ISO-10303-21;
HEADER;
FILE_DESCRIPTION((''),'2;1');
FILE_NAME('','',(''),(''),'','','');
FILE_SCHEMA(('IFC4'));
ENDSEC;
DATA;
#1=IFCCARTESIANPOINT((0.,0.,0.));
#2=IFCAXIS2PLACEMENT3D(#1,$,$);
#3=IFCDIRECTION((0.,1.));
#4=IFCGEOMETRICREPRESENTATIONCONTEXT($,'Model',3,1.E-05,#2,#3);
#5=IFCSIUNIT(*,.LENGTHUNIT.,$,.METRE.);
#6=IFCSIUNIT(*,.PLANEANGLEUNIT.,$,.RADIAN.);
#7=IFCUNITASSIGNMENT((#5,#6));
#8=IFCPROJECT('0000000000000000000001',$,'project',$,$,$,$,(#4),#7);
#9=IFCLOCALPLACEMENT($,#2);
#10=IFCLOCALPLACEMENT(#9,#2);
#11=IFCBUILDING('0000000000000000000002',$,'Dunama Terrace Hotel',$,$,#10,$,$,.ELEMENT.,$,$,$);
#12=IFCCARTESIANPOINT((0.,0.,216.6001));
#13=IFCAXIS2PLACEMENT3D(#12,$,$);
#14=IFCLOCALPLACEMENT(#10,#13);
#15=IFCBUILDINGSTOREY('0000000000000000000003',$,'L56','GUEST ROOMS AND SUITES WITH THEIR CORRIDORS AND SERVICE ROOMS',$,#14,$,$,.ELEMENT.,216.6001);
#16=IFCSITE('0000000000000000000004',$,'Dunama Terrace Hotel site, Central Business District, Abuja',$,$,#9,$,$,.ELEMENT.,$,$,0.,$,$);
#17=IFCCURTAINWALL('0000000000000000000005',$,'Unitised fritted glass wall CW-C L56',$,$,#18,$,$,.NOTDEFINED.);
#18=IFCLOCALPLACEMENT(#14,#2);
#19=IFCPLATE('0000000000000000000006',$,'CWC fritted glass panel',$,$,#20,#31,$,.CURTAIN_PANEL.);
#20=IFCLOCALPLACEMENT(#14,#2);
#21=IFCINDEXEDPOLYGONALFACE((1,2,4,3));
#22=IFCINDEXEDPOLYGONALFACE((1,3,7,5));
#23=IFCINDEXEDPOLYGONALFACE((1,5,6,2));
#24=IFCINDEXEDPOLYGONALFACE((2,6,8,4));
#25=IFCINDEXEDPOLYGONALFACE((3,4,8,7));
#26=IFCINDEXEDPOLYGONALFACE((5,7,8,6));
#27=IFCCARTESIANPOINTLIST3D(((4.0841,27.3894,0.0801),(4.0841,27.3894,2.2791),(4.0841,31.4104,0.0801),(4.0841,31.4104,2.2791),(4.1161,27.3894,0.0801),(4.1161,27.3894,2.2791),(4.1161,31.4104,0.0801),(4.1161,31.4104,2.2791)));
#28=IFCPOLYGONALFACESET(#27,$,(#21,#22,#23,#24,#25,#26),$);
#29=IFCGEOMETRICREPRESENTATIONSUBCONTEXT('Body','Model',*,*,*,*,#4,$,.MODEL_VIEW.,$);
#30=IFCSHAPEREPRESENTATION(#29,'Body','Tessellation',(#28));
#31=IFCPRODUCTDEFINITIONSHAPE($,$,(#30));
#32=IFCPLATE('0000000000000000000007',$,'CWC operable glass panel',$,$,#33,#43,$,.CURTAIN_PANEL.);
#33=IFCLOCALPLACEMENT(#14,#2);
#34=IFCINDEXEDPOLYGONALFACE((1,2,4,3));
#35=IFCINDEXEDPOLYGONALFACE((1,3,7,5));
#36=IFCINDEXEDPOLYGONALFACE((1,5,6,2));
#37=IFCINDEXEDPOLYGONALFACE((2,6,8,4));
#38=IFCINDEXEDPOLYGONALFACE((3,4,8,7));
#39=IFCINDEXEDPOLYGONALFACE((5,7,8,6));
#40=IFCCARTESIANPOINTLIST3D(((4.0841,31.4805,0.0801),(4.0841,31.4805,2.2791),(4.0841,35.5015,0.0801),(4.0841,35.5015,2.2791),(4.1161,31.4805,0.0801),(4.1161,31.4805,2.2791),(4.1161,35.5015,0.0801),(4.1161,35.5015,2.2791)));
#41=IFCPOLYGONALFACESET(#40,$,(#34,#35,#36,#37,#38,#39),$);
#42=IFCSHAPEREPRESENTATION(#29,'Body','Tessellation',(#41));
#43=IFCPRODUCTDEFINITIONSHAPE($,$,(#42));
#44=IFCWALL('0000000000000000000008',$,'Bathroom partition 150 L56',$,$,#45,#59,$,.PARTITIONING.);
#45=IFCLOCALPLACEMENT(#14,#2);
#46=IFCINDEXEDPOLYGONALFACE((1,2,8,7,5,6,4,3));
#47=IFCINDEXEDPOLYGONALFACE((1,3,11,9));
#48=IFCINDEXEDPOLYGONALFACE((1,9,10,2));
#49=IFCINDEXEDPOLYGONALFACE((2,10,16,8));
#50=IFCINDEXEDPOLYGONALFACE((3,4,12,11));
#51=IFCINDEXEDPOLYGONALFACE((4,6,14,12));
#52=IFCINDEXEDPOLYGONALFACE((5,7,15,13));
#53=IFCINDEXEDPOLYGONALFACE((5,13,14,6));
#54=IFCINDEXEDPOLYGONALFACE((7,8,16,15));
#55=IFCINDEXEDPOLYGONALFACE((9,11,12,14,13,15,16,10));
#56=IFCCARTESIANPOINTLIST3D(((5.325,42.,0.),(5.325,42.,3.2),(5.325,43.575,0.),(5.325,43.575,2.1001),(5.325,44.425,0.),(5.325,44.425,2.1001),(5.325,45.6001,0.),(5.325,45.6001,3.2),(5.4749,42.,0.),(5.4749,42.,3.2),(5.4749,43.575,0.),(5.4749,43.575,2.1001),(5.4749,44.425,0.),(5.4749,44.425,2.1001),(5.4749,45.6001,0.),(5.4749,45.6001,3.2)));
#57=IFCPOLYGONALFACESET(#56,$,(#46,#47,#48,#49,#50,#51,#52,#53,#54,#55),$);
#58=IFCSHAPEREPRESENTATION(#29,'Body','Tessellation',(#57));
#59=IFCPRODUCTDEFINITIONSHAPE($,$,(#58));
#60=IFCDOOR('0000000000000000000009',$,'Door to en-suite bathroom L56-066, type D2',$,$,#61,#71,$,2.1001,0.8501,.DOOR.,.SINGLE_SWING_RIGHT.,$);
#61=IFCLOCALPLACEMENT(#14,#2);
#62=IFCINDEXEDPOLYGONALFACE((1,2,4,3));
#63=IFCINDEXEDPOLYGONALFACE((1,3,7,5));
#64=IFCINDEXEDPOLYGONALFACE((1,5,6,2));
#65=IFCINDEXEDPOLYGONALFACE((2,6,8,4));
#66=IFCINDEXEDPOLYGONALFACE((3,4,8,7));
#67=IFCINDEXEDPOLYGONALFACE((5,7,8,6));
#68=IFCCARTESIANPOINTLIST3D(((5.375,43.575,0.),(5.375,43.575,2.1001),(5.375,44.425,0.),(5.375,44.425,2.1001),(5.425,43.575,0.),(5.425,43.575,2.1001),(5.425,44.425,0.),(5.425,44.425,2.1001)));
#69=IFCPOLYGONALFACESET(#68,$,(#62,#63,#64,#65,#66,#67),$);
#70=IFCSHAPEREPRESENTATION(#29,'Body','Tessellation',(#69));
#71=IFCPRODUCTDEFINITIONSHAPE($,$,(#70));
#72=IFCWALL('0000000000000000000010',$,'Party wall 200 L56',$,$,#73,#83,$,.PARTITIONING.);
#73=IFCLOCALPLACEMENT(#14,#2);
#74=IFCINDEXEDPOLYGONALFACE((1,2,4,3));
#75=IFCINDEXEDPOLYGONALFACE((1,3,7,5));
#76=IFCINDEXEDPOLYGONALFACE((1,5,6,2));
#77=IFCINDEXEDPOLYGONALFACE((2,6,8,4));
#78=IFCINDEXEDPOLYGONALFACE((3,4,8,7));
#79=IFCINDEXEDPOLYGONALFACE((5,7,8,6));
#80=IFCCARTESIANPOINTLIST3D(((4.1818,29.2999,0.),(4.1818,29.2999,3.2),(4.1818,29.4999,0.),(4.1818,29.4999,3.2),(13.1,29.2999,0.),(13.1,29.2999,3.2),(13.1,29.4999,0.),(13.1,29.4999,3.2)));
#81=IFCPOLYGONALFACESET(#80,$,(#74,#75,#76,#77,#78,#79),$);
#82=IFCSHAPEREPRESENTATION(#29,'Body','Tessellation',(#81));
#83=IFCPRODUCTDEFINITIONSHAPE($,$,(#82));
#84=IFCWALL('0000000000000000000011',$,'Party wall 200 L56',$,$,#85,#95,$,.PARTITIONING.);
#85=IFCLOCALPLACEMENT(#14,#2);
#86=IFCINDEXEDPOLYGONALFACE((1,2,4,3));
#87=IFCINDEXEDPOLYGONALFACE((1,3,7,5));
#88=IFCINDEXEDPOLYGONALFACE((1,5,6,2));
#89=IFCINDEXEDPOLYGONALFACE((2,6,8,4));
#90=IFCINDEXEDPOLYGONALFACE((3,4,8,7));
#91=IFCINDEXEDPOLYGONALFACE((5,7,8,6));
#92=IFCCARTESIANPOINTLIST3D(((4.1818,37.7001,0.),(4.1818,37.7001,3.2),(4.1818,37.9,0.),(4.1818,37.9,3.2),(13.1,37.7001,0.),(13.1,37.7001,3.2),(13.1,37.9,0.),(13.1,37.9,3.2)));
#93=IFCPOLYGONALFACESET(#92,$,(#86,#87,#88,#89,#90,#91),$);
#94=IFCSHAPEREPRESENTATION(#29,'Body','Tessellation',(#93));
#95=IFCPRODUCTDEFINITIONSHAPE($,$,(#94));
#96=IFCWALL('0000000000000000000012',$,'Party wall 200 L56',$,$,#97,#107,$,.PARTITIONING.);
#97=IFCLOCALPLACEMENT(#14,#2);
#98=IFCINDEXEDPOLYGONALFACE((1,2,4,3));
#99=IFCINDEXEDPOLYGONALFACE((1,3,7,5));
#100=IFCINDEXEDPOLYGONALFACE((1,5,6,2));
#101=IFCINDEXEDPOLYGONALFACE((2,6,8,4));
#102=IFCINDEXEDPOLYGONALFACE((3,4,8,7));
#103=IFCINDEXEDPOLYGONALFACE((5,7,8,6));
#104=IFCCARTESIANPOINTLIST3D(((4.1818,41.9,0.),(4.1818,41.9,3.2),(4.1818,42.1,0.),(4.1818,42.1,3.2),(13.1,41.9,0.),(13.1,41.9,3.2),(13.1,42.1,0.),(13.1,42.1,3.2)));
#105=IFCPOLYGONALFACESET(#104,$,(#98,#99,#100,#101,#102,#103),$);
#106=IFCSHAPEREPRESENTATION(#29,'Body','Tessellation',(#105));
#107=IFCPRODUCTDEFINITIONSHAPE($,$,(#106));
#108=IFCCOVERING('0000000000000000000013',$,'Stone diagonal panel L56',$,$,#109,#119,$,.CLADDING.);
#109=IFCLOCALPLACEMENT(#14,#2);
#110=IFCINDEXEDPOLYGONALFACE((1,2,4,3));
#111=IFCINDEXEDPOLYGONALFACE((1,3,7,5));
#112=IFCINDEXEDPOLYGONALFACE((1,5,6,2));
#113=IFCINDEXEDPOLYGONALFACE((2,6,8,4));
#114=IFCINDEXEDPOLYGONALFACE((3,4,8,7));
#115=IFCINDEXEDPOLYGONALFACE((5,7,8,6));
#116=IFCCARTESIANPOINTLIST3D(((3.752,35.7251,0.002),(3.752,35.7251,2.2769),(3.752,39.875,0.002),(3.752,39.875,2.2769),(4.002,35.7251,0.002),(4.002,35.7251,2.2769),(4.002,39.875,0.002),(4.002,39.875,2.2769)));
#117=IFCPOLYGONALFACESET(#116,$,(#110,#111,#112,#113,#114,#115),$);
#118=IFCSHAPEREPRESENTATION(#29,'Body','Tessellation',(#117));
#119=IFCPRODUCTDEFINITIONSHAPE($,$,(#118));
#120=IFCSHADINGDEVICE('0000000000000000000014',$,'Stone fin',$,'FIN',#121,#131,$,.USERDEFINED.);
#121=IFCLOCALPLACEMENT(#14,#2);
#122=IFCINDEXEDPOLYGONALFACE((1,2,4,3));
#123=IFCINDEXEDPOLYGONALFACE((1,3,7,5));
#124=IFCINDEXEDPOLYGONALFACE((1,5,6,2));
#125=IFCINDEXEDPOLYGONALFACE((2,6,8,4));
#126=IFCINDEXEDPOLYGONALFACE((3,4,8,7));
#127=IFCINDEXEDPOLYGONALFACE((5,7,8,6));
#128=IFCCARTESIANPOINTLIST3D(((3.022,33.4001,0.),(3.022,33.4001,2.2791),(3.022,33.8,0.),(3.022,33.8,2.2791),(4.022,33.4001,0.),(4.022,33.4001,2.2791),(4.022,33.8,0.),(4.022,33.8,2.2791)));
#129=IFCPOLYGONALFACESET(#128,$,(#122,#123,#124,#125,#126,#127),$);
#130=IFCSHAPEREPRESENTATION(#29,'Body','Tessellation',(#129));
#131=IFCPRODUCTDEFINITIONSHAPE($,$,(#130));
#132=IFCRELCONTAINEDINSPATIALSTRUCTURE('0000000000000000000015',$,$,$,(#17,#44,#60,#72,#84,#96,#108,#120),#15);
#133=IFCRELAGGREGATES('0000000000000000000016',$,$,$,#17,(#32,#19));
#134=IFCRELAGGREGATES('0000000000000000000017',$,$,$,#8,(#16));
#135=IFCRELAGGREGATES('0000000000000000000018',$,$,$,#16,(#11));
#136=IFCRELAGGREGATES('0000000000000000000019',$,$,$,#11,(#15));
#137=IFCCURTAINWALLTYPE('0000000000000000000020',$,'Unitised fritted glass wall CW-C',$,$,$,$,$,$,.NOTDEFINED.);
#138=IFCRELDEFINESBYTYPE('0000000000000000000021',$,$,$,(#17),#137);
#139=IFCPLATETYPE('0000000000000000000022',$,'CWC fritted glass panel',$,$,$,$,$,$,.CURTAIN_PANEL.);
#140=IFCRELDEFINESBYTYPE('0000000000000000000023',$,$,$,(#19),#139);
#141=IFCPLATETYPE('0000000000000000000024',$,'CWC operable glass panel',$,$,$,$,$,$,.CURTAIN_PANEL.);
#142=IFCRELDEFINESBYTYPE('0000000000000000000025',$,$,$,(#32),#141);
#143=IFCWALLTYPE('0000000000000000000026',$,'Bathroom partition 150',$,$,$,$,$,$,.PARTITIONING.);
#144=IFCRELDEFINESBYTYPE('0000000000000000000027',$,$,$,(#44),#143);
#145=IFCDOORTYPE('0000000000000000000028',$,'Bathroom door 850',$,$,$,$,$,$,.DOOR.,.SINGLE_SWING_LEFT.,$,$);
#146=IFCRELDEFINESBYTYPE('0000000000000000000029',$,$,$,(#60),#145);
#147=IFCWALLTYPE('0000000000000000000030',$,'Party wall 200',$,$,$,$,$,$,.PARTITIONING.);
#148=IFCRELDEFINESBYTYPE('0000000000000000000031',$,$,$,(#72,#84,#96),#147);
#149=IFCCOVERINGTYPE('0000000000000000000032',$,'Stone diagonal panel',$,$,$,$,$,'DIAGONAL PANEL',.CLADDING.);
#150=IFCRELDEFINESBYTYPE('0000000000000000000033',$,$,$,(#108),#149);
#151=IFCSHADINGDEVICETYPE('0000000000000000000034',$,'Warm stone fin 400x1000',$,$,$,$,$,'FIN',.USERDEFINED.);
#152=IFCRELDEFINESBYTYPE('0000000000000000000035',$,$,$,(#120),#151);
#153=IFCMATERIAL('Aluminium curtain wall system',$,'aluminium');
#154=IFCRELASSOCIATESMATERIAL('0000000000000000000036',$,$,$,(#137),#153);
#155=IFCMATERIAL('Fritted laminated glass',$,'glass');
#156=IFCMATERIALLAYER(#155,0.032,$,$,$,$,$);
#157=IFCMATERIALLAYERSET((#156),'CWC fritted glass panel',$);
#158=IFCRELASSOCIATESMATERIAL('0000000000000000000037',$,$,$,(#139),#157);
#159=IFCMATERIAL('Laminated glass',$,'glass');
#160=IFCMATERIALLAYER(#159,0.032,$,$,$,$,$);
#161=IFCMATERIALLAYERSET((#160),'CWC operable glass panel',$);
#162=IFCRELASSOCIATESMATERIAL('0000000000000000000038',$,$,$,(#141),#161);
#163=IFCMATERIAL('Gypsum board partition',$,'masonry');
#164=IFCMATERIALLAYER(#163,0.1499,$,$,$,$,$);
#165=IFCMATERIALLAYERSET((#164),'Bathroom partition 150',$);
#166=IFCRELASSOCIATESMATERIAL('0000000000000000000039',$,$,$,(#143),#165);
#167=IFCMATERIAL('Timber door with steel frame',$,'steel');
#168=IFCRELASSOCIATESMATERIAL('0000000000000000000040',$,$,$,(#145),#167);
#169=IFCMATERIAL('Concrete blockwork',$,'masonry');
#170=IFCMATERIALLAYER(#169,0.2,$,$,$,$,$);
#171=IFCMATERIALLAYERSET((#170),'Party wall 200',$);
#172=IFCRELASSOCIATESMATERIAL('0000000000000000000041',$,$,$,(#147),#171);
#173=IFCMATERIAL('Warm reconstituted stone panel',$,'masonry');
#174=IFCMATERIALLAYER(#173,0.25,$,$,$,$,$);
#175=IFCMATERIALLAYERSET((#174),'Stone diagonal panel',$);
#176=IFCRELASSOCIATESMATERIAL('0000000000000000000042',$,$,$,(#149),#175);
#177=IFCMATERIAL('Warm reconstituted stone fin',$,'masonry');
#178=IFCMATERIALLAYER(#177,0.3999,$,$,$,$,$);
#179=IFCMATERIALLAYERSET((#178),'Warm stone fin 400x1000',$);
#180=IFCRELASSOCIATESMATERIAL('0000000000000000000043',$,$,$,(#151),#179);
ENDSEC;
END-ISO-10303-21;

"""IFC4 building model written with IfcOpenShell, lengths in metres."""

from ifc_helpers import new_model, si_unit, direction, frame, frame_2d, origin, origin_2d, place, context, subcontext, project, spatial, rectangle, extrude, material, layer, layer_set, type_object, element, fill, aggregate, save


model = new_model("IFC4")

# Units and contexts
model_context = context("Model", 3, precision=1e-05, world=origin(), true_north=direction((0.0, 1.0)))
body_context = subcontext(model_context, "Body", "Model", "MODEL_VIEW")
ifc_project = project(units=[si_unit("LENGTHUNIT", "METRE"), si_unit("PLANEANGLEUNIT", "RADIAN")], contexts=[model_context])

# Site, building, storey
site_placement = place(None, origin())
site = spatial("IfcSite", under=ifc_project, at=site_placement, Name="Dunama Terrace Hotel site, Central Business District, Abuja", CompositionType="ELEMENT", RefElevation=0.0)
building_placement = place(site_placement, origin())
building = spatial("IfcBuilding", under=site, at=building_placement, Name="Dunama Terrace Hotel", CompositionType="ELEMENT")
storey_placement = place(building_placement, frame((0.0, 0.0, 216.6001)))
storey = spatial("IfcBuildingStorey", under=building, at=storey_placement, Name="L56", Description="GUEST ROOMS AND SUITES WITH THEIR CORRIDORS AND SERVICE ROOMS", CompositionType="ELEMENT", Elevation=216.6001)

# Curtain wall, plates
ifc_material_1 = material(Name="Aluminium curtain wall system", Category="aluminium")
curtain_wall_type = type_object("IfcCurtainWallType", Name="Unitised fritted glass wall CW-C", PredefinedType="NOTDEFINED", material=ifc_material_1)
curtain_wall_placement = place(storey_placement, origin())
curtain_wall = element("IfcCurtainWall", 1, at=curtain_wall_placement, inside=storey, type_object=curtain_wall_type, Name="Unitised fritted glass wall CW-C L56", PredefinedType="NOTDEFINED")
ifc_material_2 = material(Name="Fritted laminated glass", Category="glass")
ifc_layer_1 = layer(ifc_material_2, 0.032)
ifc_layer_set_1 = layer_set([ifc_layer_1], Name="CWC fritted glass panel")
plate_type_1 = type_object("IfcPlateType", Name="CWC fritted glass panel", PredefinedType="CURTAIN_PANEL", material=ifc_layer_set_1)
plate_1_placement = place(storey_placement, frame((4.1001, 29.3999, 0.0801), z_axis=(0.0, 0.0, 1.0), x_axis=(0.0, -1.0, 0.0)))
plate_1 = element("IfcPlate", 2, at=plate_1_placement, type_object=plate_type_1, Name="CWC fritted glass panel", PredefinedType="CURTAIN_PANEL", context=body_context, shape_type="SweptSolid", body=[
    extrude(rectangle(XDim=4.021, YDim=0.032, at=origin_2d()), origin(), (0.0, 0.0, 1.0), 2.199),
])
ifc_material_3 = material(Name="Laminated glass", Category="glass")
ifc_layer_2 = layer(ifc_material_3, 0.032)
ifc_layer_set_2 = layer_set([ifc_layer_2], Name="CWC operable glass panel")
plate_type_2 = type_object("IfcPlateType", Name="CWC operable glass panel", PredefinedType="CURTAIN_PANEL", material=ifc_layer_set_2)
plate_2_placement = place(storey_placement, frame((4.1001, 33.491, 0.0801), z_axis=(0.0, 0.0, 1.0), x_axis=(0.0, -1.0, 0.0)))
plate_2 = element("IfcPlate", 3, at=plate_2_placement, type_object=plate_type_2, Name="CWC operable glass panel", PredefinedType="CURTAIN_PANEL", context=body_context, shape_type="SweptSolid", body=[
    extrude(rectangle(XDim=4.021, YDim=0.032, at=origin_2d()), origin(), (0.0, 0.0, 1.0), 2.199),
])
aggregate(curtain_wall, [plate_2, plate_1])

# Wall, opening, door
ifc_material_4 = material(Name="Gypsum board partition", Category="masonry")
ifc_layer_3 = layer(ifc_material_4, 0.1499)
ifc_layer_set_3 = layer_set([ifc_layer_3], Name="Bathroom partition 150")
wall_type_1 = type_object("IfcWallType", Name="Bathroom partition 150", PredefinedType="PARTITIONING", material=ifc_layer_set_3)
wall_placement = place(storey_placement, frame((5.3999, 42.0, 0.0), z_axis=(0.0, 0.0, 1.0), x_axis=(0.0, 1.0, 0.0)))
wall = element("IfcWall", 4, at=wall_placement, inside=storey, type_object=wall_type_1, Name="Bathroom partition 150 L56", PredefinedType="PARTITIONING", context=body_context, shape_type="SweptSolid", body=[
    extrude(rectangle(XDim=3.6001, YDim=0.1499, at=frame_2d((1.8, 0.0))), origin(), (0.0, 0.0, 1.0), 3.2),
])
opening_placement = place(wall_placement, frame((1.575, 0.0, 0.0)))
opening = element("IfcOpeningElement", 5, at=opening_placement, cuts=wall, PredefinedType="OPENING", context=body_context, shape_type="SweptSolid", body=[
    extrude(rectangle(XDim=0.8501, YDim=2.1001, at=frame_2d((0.425, 1.05))), frame((0.0, 0.085, 0.0), z_axis=(0.0, -1.0, 0.0), x_axis=(1.0, 0.0, 0.0)), (0.0, 0.0, 1.0), 0.1699),
])
ifc_material_5 = material(Name="Timber door with steel frame", Category="steel")
door_type = type_object("IfcDoorType", Name="Bathroom door 850", OperationType="SINGLE_SWING_LEFT", PredefinedType="DOOR", material=ifc_material_5)
door_placement = place(opening_placement, frame((0.8501, 0.0, 0.0), z_axis=(0.0, 0.0, 1.0), x_axis=(-1.0, 0.0, 0.0)))
door = element("IfcDoor", 6, at=door_placement, inside=storey, type_object=door_type, Name="Door to en-suite bathroom L56-066, type D2", OperationType="SINGLE_SWING_RIGHT", OverallHeight=2.1001, OverallWidth=0.8501, PredefinedType="DOOR", context=body_context, shape_type="SweptSolid", body=[
    extrude(rectangle(XDim=0.8501, YDim=2.1001, at=frame_2d((0.425, 1.05))), frame((0.0, 0.0251, 0.0), z_axis=(0.0, -1.0, 0.0), x_axis=(1.0, 0.0, 0.0)), (0.0, 0.0, 1.0), 0.05),
])
fill(opening, door)

# Walls
ifc_material_6 = material(Name="Concrete blockwork", Category="masonry")
ifc_layer_4 = layer(ifc_material_6, 0.2)
ifc_layer_set_4 = layer_set([ifc_layer_4], Name="Party wall 200")
wall_type_2 = type_object("IfcWallType", Name="Party wall 200", PredefinedType="PARTITIONING", material=ifc_layer_set_4)
for number, where, z_axis, x_axis, name in (
    (7, (4.1819, 29.3999, 0.0), (0.0, 0.0, 1.0), (1.0, 0.0, 0.0), "Party wall 200 L56"),
    (8, (4.1819, 37.8, 0.0), (0.0, 0.0, 1.0), (1.0, 0.0, 0.0), "Party wall 200 L56"),
    (9, (4.1819, 42.0, 0.0), (0.0, 0.0, 1.0), (1.0, 0.0, 0.0), "Party wall 200 L56"),
):
    element("IfcWall", number, at=place(storey_placement, frame(where, z_axis=z_axis, x_axis=x_axis)), inside=storey, type_object=wall_type_2, Name=name, PredefinedType="PARTITIONING", context=body_context, shape_type="SweptSolid", body=[
        extrude(rectangle(XDim=8.9182, YDim=0.2, at=frame_2d((4.459, 0.0))), origin(), (0.0, 0.0, 1.0), 3.2),
    ])

# Covering
ifc_material_7 = material(Name="Warm reconstituted stone panel", Category="masonry")
ifc_layer_5 = layer(ifc_material_7, 0.25)
ifc_layer_set_5 = layer_set([ifc_layer_5], Name="Stone diagonal panel")
covering_type = type_object("IfcCoveringType", Name="Stone diagonal panel", ElementType="DIAGONAL PANEL", PredefinedType="CLADDING", material=ifc_layer_set_5)
covering_placement = place(storey_placement, frame((3.877, 37.8, 0.002), z_axis=(0.0, 0.0, 1.0), x_axis=(0.0, -1.0, 0.0)))
element("IfcCovering", 10, at=covering_placement, inside=storey, type_object=covering_type, Name="Stone diagonal panel L56", PredefinedType="CLADDING", context=body_context, shape_type="SweptSolid", body=[
    extrude(rectangle(XDim=4.1499, YDim=0.25, at=origin_2d()), origin(), (0.0, 0.0, 1.0), 2.2749),
])

# Shading device
ifc_material_8 = material(Name="Warm reconstituted stone fin", Category="masonry")
ifc_layer_6 = layer(ifc_material_8, 0.3999)
ifc_layer_set_6 = layer_set([ifc_layer_6], Name="Warm stone fin 400x1000")
shading_device_type = type_object("IfcShadingDeviceType", Name="Warm stone fin 400x1000", ElementType="FIN", PredefinedType="USERDEFINED", material=ifc_layer_set_6)
shading_device_placement = place(storey_placement, frame((3.522, 33.6001, 0.0), z_axis=(0.0, 0.0, 1.0), x_axis=(0.0, -1.0, 0.0)))
element("IfcShadingDevice", 11, at=shading_device_placement, inside=storey, type_object=shading_device_type, Name="Stone fin", ObjectType="FIN", PredefinedType="USERDEFINED", context=body_context, shape_type="SweptSolid", body=[
    extrude(rectangle(XDim=0.3999, YDim=1.0, at=origin_2d()), origin(), (0.0, 0.0, 1.0), 2.2791),
])

save(model, "model.ifc")
